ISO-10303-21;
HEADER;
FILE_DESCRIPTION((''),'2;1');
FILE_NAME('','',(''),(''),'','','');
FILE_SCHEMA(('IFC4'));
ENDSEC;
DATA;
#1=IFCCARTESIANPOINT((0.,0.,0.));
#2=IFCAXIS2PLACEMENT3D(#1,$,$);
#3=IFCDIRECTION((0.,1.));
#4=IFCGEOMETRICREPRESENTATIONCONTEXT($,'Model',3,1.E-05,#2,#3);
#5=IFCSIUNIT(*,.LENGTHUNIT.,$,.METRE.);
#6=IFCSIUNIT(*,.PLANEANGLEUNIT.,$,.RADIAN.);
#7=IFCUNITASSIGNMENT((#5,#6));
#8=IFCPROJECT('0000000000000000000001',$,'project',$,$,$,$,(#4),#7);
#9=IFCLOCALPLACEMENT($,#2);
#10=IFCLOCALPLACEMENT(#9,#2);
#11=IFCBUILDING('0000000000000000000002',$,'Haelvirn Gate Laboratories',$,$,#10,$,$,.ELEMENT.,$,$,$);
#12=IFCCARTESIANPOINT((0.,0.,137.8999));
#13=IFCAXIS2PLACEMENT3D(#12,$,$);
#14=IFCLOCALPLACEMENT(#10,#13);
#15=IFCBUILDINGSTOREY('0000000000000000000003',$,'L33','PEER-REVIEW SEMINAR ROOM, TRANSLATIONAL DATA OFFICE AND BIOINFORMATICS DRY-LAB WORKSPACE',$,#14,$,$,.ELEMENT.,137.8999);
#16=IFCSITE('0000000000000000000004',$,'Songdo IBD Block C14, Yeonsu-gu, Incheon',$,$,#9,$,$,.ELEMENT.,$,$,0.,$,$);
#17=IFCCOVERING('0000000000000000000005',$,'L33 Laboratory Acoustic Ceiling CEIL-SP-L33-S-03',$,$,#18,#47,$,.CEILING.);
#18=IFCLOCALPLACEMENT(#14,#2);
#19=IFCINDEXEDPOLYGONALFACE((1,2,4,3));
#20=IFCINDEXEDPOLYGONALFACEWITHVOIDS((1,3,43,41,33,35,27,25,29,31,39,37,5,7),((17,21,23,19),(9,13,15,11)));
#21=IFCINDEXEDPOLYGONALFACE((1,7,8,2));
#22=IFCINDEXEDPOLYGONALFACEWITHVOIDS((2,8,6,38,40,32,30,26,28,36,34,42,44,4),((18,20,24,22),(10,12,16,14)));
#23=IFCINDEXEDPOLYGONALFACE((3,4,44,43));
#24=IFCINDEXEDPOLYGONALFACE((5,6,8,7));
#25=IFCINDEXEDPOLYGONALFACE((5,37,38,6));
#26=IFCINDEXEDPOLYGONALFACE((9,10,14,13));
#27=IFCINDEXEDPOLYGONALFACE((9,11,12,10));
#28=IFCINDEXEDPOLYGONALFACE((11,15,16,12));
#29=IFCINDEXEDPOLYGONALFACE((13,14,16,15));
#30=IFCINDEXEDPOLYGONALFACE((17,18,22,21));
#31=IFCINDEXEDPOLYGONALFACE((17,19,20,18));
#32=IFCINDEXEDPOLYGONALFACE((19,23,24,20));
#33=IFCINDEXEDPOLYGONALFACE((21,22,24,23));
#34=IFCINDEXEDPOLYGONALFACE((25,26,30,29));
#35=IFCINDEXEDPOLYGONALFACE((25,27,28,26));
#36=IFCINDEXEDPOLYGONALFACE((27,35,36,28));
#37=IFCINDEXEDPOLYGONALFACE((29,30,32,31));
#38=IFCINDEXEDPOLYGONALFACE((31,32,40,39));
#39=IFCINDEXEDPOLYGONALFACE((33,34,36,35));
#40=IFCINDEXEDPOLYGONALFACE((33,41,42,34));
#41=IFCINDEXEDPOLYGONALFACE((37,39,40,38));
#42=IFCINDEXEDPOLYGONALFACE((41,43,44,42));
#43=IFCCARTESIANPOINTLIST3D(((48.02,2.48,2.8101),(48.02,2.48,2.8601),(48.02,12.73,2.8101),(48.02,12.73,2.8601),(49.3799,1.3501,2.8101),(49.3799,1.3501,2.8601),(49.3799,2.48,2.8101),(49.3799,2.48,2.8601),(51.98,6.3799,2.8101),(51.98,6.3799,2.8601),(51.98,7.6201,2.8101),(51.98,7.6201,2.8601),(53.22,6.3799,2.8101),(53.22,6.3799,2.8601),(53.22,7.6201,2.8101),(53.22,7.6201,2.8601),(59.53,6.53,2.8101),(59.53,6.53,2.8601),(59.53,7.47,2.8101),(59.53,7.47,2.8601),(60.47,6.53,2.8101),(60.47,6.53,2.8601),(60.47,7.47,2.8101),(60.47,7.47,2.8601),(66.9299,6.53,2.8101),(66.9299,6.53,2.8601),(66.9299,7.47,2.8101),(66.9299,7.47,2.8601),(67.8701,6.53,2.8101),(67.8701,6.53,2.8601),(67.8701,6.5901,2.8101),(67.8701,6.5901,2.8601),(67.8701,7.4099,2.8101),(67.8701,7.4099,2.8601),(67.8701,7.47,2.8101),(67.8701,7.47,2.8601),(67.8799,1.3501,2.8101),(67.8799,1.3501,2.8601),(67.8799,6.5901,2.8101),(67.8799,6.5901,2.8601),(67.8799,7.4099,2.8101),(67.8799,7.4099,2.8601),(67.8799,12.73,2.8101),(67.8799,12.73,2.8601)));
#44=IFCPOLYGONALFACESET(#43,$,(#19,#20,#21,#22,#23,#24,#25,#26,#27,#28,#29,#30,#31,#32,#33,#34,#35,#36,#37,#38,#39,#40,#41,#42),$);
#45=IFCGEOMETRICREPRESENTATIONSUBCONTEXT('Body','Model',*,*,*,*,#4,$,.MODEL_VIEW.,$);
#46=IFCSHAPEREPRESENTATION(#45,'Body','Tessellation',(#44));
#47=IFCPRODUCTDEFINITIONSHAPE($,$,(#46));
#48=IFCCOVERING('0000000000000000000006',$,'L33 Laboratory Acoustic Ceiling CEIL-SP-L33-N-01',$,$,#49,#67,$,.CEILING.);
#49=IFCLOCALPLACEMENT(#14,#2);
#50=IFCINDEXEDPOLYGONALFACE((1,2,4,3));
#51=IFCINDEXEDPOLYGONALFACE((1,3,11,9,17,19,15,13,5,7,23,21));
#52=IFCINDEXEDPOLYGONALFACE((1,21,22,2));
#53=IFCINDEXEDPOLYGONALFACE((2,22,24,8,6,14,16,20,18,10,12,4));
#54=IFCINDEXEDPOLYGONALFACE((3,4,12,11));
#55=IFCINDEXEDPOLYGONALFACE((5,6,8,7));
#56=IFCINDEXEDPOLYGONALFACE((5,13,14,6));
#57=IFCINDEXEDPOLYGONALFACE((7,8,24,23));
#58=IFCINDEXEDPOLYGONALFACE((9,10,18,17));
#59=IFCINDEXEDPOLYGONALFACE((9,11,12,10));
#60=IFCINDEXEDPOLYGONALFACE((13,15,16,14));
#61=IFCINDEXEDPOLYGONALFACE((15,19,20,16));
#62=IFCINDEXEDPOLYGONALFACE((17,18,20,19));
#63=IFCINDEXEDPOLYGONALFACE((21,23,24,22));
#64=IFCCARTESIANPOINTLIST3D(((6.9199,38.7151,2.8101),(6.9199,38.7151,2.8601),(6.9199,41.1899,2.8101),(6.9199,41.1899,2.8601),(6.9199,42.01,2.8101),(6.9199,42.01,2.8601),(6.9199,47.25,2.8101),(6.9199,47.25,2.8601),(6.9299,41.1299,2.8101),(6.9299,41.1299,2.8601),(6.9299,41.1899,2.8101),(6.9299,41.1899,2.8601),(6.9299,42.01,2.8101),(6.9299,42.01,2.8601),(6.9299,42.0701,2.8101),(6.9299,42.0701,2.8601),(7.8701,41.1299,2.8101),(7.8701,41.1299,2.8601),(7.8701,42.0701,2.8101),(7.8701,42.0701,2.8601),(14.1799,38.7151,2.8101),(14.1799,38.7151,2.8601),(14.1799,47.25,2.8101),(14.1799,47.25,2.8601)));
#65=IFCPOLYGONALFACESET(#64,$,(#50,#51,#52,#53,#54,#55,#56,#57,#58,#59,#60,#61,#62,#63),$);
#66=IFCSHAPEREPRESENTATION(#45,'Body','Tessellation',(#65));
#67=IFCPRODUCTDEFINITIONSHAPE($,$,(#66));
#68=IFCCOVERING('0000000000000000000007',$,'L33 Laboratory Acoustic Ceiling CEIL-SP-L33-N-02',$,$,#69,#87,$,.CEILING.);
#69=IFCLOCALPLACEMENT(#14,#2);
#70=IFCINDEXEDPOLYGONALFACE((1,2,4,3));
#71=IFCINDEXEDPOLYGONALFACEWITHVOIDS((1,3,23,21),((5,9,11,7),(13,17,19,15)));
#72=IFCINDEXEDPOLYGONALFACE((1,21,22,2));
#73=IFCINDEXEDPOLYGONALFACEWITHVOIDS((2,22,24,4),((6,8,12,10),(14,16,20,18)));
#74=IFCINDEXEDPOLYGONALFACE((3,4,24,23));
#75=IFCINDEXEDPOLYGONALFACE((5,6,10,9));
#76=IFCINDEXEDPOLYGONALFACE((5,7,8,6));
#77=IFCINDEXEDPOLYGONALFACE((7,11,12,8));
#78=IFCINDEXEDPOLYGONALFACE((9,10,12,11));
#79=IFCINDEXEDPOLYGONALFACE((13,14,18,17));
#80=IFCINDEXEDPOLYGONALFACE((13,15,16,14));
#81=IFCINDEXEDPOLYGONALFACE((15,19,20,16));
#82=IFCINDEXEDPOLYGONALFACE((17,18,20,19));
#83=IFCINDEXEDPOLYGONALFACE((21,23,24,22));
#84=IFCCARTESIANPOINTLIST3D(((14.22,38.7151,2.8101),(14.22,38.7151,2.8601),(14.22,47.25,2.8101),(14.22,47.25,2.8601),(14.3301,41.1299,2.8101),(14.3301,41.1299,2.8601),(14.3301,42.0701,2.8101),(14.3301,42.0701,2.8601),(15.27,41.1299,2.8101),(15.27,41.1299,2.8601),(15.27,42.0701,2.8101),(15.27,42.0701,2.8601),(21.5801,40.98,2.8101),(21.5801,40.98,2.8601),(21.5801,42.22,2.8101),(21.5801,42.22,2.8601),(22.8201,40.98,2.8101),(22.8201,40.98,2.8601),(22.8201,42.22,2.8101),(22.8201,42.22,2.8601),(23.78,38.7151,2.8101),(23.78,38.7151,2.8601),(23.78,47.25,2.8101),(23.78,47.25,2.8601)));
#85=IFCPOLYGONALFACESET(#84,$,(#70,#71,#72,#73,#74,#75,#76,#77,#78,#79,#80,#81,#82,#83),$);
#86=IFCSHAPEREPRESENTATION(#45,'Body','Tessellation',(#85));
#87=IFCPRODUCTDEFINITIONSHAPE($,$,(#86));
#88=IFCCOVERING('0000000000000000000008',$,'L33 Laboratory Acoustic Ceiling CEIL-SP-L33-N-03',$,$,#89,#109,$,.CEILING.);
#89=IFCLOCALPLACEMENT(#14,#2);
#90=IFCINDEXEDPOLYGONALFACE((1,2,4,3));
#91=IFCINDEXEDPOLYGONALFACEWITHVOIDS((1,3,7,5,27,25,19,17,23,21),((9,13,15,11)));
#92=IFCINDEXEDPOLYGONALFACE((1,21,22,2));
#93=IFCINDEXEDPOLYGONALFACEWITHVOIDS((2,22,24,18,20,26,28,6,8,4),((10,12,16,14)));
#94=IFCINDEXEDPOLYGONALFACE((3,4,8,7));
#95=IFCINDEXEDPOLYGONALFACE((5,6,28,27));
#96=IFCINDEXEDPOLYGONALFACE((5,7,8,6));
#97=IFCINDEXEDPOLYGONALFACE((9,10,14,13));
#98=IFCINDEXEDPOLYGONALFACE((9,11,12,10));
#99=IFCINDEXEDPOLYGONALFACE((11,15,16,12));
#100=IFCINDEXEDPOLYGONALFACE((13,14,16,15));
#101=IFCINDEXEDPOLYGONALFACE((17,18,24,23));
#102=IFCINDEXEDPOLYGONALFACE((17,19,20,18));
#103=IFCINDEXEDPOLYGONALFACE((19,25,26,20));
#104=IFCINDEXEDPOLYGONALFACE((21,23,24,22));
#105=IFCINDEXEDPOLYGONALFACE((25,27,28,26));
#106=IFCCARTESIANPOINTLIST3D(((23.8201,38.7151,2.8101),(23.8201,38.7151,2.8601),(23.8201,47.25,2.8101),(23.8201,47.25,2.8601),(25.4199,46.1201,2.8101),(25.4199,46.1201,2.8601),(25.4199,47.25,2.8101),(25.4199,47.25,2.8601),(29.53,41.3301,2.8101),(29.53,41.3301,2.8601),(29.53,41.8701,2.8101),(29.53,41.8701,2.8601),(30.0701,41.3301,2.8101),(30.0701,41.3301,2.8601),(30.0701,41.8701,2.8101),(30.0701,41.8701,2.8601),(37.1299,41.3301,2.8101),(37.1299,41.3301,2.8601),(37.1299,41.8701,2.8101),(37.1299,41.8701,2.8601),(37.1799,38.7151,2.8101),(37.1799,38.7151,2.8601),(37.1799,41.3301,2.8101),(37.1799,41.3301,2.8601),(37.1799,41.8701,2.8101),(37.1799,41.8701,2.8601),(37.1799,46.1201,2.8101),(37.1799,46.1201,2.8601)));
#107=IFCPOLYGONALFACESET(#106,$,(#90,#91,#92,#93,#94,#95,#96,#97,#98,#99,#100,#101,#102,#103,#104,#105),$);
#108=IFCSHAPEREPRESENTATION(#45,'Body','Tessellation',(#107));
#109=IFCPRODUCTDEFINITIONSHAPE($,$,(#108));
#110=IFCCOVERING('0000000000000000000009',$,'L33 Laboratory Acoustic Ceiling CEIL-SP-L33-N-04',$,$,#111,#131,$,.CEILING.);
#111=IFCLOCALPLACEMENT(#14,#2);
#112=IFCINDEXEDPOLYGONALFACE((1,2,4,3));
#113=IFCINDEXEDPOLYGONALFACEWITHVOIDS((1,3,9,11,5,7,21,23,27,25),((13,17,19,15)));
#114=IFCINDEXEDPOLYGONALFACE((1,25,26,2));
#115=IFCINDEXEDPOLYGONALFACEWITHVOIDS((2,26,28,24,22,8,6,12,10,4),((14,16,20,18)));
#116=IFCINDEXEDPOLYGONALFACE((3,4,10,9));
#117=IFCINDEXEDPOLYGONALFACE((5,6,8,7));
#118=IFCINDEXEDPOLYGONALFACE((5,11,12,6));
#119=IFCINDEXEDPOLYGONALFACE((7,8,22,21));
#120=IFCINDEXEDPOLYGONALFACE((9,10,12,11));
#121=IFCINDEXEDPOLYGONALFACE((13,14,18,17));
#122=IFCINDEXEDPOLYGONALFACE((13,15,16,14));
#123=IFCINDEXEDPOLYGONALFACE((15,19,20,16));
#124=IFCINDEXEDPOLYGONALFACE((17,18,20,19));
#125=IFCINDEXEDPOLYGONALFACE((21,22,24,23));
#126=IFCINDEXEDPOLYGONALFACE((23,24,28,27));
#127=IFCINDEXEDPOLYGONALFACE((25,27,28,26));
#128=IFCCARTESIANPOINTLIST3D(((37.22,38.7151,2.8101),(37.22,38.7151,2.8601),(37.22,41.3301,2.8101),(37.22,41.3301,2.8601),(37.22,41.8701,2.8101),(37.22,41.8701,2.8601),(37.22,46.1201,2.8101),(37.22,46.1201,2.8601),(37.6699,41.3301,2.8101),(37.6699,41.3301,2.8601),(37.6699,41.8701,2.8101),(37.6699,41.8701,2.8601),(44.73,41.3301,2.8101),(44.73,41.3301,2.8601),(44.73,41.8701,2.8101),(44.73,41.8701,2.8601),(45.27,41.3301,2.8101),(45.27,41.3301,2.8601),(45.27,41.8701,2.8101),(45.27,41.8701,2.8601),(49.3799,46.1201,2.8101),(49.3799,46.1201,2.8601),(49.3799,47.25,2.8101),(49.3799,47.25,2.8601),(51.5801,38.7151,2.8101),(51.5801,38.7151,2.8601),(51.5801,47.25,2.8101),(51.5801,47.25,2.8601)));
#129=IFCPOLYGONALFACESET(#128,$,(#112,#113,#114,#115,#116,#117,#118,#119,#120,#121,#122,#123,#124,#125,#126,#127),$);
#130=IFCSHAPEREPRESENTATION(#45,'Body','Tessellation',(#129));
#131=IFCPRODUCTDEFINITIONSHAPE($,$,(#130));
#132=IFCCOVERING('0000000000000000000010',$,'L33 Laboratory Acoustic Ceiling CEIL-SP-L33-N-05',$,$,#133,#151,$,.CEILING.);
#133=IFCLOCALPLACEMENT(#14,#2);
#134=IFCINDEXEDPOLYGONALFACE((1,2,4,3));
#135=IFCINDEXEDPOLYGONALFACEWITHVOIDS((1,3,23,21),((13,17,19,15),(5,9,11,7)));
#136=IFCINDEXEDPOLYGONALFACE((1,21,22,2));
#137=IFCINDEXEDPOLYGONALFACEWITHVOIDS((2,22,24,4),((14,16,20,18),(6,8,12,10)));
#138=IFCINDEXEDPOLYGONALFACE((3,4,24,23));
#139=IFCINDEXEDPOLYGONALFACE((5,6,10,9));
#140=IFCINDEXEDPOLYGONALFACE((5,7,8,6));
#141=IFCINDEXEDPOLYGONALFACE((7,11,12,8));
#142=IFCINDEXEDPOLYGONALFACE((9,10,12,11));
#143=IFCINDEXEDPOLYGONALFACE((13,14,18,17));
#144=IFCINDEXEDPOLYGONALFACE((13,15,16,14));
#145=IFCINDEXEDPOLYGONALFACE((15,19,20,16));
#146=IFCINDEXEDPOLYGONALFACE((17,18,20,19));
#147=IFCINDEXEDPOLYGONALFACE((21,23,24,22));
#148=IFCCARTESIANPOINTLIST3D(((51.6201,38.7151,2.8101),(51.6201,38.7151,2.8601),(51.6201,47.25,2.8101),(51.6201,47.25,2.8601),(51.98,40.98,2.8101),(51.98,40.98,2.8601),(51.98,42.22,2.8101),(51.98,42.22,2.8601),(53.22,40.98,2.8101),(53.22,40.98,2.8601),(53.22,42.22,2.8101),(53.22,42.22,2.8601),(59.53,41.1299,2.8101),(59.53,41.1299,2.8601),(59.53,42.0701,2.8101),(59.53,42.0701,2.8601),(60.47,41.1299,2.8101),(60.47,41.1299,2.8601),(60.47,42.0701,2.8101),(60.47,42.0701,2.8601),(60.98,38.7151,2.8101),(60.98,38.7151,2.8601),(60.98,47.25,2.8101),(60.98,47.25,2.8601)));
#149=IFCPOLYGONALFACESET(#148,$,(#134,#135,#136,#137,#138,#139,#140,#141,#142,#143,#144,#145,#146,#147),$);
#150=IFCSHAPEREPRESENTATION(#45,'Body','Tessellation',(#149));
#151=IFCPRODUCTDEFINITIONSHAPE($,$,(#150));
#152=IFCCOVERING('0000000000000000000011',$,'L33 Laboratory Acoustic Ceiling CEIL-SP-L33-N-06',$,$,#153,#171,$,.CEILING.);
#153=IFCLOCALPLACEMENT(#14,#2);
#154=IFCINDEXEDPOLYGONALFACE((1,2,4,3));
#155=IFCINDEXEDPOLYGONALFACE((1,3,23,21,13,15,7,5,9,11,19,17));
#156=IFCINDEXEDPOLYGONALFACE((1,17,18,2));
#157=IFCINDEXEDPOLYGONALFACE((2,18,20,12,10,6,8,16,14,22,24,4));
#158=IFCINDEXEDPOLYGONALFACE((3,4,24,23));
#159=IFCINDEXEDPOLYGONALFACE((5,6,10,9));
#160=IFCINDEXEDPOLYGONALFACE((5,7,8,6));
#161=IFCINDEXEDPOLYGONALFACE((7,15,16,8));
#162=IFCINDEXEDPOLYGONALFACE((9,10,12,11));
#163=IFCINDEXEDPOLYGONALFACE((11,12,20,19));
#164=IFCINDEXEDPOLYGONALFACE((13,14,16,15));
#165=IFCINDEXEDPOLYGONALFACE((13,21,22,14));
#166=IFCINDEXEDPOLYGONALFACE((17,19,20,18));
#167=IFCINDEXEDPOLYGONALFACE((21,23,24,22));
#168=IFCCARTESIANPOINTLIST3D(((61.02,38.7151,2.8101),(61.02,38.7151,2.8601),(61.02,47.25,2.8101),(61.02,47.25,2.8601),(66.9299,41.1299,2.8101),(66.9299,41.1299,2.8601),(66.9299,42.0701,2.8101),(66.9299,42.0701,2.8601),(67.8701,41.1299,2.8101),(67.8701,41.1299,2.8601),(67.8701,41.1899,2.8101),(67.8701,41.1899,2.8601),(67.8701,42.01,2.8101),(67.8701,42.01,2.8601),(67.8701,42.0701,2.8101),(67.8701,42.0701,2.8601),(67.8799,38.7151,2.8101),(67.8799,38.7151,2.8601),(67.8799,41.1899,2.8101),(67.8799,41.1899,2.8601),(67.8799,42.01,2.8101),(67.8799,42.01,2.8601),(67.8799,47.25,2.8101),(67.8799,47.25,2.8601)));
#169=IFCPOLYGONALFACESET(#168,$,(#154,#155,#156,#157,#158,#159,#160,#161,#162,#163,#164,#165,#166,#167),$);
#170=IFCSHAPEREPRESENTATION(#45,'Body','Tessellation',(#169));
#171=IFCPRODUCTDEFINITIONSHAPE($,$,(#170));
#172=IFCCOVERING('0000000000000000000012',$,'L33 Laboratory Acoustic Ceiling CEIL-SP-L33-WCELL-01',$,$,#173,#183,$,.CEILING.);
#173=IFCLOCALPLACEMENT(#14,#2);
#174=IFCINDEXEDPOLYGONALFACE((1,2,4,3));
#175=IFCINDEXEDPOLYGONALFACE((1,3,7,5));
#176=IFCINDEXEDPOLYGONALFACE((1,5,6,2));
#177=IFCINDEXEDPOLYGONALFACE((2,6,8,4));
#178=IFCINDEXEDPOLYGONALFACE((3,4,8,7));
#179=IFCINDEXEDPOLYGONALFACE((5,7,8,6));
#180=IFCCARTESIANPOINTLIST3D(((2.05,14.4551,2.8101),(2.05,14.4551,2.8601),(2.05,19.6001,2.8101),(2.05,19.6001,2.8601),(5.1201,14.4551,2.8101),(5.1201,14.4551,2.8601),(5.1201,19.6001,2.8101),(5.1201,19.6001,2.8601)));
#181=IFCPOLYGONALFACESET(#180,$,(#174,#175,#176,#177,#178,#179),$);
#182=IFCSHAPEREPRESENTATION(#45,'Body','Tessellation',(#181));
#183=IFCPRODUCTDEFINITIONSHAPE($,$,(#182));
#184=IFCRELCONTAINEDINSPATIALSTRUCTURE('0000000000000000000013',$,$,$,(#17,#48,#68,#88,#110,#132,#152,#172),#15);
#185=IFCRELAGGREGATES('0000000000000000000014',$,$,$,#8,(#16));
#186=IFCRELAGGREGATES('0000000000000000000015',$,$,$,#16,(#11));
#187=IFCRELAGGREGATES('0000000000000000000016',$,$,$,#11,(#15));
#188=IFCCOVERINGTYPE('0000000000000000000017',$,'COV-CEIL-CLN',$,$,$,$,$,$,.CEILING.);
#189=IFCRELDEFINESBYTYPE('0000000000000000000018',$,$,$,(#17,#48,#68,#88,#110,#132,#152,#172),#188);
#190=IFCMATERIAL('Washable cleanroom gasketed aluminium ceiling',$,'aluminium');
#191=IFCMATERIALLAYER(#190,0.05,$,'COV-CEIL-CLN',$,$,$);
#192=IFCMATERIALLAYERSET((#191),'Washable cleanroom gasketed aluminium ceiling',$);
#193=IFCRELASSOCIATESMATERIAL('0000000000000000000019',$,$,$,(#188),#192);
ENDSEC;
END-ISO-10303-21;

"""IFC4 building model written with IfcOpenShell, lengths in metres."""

from ifc_helpers import new_model, si_unit, direction, frame, origin, place, context, subcontext, project, spatial, polyline, outline, extrude, material, layer, layer_set, type_object, element, save


model = new_model("IFC4")

# Units and contexts
model_context = context("Model", 3, precision=1e-05, world=origin(), true_north=direction((0.0, 1.0)))
body_context = subcontext(model_context, "Body", "Model", "MODEL_VIEW")
ifc_project = project(units=[si_unit("LENGTHUNIT", "METRE"), si_unit("PLANEANGLEUNIT", "RADIAN")], contexts=[model_context])

# Site, building, storey
site_placement = place(None, origin())
site = spatial("IfcSite", under=ifc_project, at=site_placement, Name="Songdo IBD Block C14, Yeonsu-gu, Incheon", CompositionType="ELEMENT", RefElevation=0.0)
building_placement = place(site_placement, origin())
building = spatial("IfcBuilding", under=site, at=building_placement, Name="Haelvirn Gate Laboratories", CompositionType="ELEMENT")
storey_placement = place(building_placement, frame((0.0, 0.0, 137.8999)))
storey = spatial("IfcBuildingStorey", under=building, at=storey_placement, Name="L33", Description="PEER-REVIEW SEMINAR ROOM, TRANSLATIONAL DATA OFFICE AND BIOINFORMATICS DRY-LAB WORKSPACE", CompositionType="ELEMENT", Elevation=137.8999)

# Coverings
ifc_material_1 = material(Name="Washable cleanroom gasketed aluminium ceiling", Category="aluminium")
ifc_layer_1 = layer(ifc_material_1, 0.05, Name="COV-CEIL-CLN")
ifc_layer_set_1 = layer_set([ifc_layer_1], Name="Washable cleanroom gasketed aluminium ceiling")
covering_type_1 = type_object("IfcCoveringType", Name="COV-CEIL-CLN", PredefinedType="CEILING", material=ifc_layer_set_1)
covering_1_placement = place(storey_placement, frame((0.0, 0.0, 2.8101)))
element("IfcCovering", 1, at=covering_1_placement, inside=storey, type_object=covering_type_1, Name="L33 Laboratory Acoustic Ceiling CEIL-SP-L33-S-03", PredefinedType="CEILING", context=body_context, shape_type="SweptSolid", body=[
    extrude(outline(polyline([(67.8799, 12.73), (67.8799, 7.4099), (67.8701, 7.4099), (67.8701, 7.47), (66.9299, 7.47), (66.9299, 6.53), (67.8701, 6.53), (67.8701, 6.5901), (67.8799, 6.5901), (67.8799, 1.3501), (49.3799, 1.3501), (49.3799, 2.48), (48.02, 2.48), (48.02, 12.73), (67.8799, 12.73)]), holes=[polyline([(51.98, 6.3799), (53.22, 6.3799), (53.22, 7.6201), (51.98, 7.6201), (51.98, 6.3799)]), polyline([(59.53, 7.47), (59.53, 6.53), (60.47, 6.53), (60.47, 7.47), (59.53, 7.47)])]), origin(), (0.0, 0.0, 1.0), 0.05),
])
covering_2_placement = place(storey_placement, frame((0.0, 0.0, 2.8101)))
element("IfcCovering", 2, at=covering_2_placement, inside=storey, type_object=covering_type_1, Name="L33 Laboratory Acoustic Ceiling CEIL-SP-L33-N-01", PredefinedType="CEILING", context=body_context, shape_type="SweptSolid", body=[
    extrude(outline(polyline([(6.9199, 42.01), (6.9199, 47.25), (14.1799, 47.25), (14.1799, 38.7151), (6.9199, 38.7151), (6.9199, 41.1899), (6.9299, 41.1899), (6.9299, 41.1299), (7.8701, 41.1299), (7.8701, 42.0701), (6.9299, 42.0701), (6.9299, 42.01), (6.9199, 42.01)])), origin(), (0.0, 0.0, 1.0), 0.05),
])
covering_3_placement = place(storey_placement, frame((0.0, 0.0, 2.8101)))
element("IfcCovering", 3, at=covering_3_placement, inside=storey, type_object=covering_type_1, Name="L33 Laboratory Acoustic Ceiling CEIL-SP-L33-N-02", PredefinedType="CEILING", context=body_context, shape_type="SweptSolid", body=[
    extrude(outline(polyline([(14.22, 47.25), (23.78, 47.25), (23.78, 38.7151), (14.22, 38.7151), (14.22, 47.25)]), holes=[polyline([(14.3301, 42.0701), (14.3301, 41.1299), (15.27, 41.1299), (15.27, 42.0701), (14.3301, 42.0701)]), polyline([(22.8201, 42.22), (21.5801, 42.22), (21.5801, 40.98), (22.8201, 40.98), (22.8201, 42.22)])]), origin(), (0.0, 0.0, 1.0), 0.05),
])
covering_4_placement = place(storey_placement, frame((0.0, 0.0, 2.8101)))
element("IfcCovering", 4, at=covering_4_placement, inside=storey, type_object=covering_type_1, Name="L33 Laboratory Acoustic Ceiling CEIL-SP-L33-N-03", PredefinedType="CEILING", context=body_context, shape_type="SweptSolid", body=[
    extrude(outline(polyline([(25.4199, 46.1201), (37.1799, 46.1201), (37.1799, 41.8701), (37.1299, 41.8701), (37.1299, 41.3301), (37.1799, 41.3301), (37.1799, 38.7151), (23.8201, 38.7151), (23.8201, 47.25), (25.4199, 47.25), (25.4199, 46.1201)]), holes=[polyline([(29.53, 41.8701), (29.53, 41.3301), (30.0701, 41.3301), (30.0701, 41.8701), (29.53, 41.8701)])]), origin(), (0.0, 0.0, 1.0), 0.05),
])
covering_5_placement = place(storey_placement, frame((0.0, 0.0, 2.8101)))
element("IfcCovering", 5, at=covering_5_placement, inside=storey, type_object=covering_type_1, Name="L33 Laboratory Acoustic Ceiling CEIL-SP-L33-N-04", PredefinedType="CEILING", context=body_context, shape_type="SweptSolid", body=[
    extrude(outline(polyline([(49.3799, 46.1201), (49.3799, 47.25), (51.5801, 47.25), (51.5801, 38.7151), (37.22, 38.7151), (37.22, 41.3301), (37.6699, 41.3301), (37.6699, 41.8701), (37.22, 41.8701), (37.22, 46.1201), (49.3799, 46.1201)]), holes=[polyline([(45.27, 41.8701), (44.73, 41.8701), (44.73, 41.3301), (45.27, 41.3301), (45.27, 41.8701)])]), origin(), (0.0, 0.0, 1.0), 0.05),
])
covering_6_placement = place(storey_placement, frame((0.0, 0.0, 2.8101)))
element("IfcCovering", 6, at=covering_6_placement, inside=storey, type_object=covering_type_1, Name="L33 Laboratory Acoustic Ceiling CEIL-SP-L33-N-05", PredefinedType="CEILING", context=body_context, shape_type="SweptSolid", body=[
    extrude(outline(polyline([(51.6201, 47.25), (60.98, 47.25), (60.98, 38.7151), (51.6201, 38.7151), (51.6201, 47.25)]), holes=[polyline([(51.98, 42.22), (51.98, 40.98), (53.22, 40.98), (53.22, 42.22), (51.98, 42.22)]), polyline([(60.47, 42.0701), (59.53, 42.0701), (59.53, 41.1299), (60.47, 41.1299), (60.47, 42.0701)])]), origin(), (0.0, 0.0, 1.0), 0.05),
])
covering_7_placement = place(storey_placement, frame((0.0, 0.0, 2.8101)))
element("IfcCovering", 7, at=covering_7_placement, inside=storey, type_object=covering_type_1, Name="L33 Laboratory Acoustic Ceiling CEIL-SP-L33-N-06", PredefinedType="CEILING", context=body_context, shape_type="SweptSolid", body=[
    extrude(outline(polyline([(67.8799, 42.01), (67.8701, 42.01), (67.8701, 42.0701), (66.9299, 42.0701), (66.9299, 41.1299), (67.8701, 41.1299), (67.8701, 41.1899), (67.8799, 41.1899), (67.8799, 38.7151), (61.02, 38.7151), (61.02, 47.25), (67.8799, 47.25), (67.8799, 42.01)])), origin(), (0.0, 0.0, 1.0), 0.05),
])
covering_8_placement = place(storey_placement, frame((0.0, 0.0, 2.8101)))
element("IfcCovering", 8, at=covering_8_placement, inside=storey, type_object=covering_type_1, Name="L33 Laboratory Acoustic Ceiling CEIL-SP-L33-WCELL-01", PredefinedType="CEILING", context=body_context, shape_type="SweptSolid", body=[
    extrude(outline(polyline([(2.05, 19.6001), (5.1201, 19.6001), (5.1201, 14.4551), (2.05, 14.4551), (2.05, 19.6001)])), origin(), (0.0, 0.0, 1.0), 0.05),
])

save(model, "model.ifc")
